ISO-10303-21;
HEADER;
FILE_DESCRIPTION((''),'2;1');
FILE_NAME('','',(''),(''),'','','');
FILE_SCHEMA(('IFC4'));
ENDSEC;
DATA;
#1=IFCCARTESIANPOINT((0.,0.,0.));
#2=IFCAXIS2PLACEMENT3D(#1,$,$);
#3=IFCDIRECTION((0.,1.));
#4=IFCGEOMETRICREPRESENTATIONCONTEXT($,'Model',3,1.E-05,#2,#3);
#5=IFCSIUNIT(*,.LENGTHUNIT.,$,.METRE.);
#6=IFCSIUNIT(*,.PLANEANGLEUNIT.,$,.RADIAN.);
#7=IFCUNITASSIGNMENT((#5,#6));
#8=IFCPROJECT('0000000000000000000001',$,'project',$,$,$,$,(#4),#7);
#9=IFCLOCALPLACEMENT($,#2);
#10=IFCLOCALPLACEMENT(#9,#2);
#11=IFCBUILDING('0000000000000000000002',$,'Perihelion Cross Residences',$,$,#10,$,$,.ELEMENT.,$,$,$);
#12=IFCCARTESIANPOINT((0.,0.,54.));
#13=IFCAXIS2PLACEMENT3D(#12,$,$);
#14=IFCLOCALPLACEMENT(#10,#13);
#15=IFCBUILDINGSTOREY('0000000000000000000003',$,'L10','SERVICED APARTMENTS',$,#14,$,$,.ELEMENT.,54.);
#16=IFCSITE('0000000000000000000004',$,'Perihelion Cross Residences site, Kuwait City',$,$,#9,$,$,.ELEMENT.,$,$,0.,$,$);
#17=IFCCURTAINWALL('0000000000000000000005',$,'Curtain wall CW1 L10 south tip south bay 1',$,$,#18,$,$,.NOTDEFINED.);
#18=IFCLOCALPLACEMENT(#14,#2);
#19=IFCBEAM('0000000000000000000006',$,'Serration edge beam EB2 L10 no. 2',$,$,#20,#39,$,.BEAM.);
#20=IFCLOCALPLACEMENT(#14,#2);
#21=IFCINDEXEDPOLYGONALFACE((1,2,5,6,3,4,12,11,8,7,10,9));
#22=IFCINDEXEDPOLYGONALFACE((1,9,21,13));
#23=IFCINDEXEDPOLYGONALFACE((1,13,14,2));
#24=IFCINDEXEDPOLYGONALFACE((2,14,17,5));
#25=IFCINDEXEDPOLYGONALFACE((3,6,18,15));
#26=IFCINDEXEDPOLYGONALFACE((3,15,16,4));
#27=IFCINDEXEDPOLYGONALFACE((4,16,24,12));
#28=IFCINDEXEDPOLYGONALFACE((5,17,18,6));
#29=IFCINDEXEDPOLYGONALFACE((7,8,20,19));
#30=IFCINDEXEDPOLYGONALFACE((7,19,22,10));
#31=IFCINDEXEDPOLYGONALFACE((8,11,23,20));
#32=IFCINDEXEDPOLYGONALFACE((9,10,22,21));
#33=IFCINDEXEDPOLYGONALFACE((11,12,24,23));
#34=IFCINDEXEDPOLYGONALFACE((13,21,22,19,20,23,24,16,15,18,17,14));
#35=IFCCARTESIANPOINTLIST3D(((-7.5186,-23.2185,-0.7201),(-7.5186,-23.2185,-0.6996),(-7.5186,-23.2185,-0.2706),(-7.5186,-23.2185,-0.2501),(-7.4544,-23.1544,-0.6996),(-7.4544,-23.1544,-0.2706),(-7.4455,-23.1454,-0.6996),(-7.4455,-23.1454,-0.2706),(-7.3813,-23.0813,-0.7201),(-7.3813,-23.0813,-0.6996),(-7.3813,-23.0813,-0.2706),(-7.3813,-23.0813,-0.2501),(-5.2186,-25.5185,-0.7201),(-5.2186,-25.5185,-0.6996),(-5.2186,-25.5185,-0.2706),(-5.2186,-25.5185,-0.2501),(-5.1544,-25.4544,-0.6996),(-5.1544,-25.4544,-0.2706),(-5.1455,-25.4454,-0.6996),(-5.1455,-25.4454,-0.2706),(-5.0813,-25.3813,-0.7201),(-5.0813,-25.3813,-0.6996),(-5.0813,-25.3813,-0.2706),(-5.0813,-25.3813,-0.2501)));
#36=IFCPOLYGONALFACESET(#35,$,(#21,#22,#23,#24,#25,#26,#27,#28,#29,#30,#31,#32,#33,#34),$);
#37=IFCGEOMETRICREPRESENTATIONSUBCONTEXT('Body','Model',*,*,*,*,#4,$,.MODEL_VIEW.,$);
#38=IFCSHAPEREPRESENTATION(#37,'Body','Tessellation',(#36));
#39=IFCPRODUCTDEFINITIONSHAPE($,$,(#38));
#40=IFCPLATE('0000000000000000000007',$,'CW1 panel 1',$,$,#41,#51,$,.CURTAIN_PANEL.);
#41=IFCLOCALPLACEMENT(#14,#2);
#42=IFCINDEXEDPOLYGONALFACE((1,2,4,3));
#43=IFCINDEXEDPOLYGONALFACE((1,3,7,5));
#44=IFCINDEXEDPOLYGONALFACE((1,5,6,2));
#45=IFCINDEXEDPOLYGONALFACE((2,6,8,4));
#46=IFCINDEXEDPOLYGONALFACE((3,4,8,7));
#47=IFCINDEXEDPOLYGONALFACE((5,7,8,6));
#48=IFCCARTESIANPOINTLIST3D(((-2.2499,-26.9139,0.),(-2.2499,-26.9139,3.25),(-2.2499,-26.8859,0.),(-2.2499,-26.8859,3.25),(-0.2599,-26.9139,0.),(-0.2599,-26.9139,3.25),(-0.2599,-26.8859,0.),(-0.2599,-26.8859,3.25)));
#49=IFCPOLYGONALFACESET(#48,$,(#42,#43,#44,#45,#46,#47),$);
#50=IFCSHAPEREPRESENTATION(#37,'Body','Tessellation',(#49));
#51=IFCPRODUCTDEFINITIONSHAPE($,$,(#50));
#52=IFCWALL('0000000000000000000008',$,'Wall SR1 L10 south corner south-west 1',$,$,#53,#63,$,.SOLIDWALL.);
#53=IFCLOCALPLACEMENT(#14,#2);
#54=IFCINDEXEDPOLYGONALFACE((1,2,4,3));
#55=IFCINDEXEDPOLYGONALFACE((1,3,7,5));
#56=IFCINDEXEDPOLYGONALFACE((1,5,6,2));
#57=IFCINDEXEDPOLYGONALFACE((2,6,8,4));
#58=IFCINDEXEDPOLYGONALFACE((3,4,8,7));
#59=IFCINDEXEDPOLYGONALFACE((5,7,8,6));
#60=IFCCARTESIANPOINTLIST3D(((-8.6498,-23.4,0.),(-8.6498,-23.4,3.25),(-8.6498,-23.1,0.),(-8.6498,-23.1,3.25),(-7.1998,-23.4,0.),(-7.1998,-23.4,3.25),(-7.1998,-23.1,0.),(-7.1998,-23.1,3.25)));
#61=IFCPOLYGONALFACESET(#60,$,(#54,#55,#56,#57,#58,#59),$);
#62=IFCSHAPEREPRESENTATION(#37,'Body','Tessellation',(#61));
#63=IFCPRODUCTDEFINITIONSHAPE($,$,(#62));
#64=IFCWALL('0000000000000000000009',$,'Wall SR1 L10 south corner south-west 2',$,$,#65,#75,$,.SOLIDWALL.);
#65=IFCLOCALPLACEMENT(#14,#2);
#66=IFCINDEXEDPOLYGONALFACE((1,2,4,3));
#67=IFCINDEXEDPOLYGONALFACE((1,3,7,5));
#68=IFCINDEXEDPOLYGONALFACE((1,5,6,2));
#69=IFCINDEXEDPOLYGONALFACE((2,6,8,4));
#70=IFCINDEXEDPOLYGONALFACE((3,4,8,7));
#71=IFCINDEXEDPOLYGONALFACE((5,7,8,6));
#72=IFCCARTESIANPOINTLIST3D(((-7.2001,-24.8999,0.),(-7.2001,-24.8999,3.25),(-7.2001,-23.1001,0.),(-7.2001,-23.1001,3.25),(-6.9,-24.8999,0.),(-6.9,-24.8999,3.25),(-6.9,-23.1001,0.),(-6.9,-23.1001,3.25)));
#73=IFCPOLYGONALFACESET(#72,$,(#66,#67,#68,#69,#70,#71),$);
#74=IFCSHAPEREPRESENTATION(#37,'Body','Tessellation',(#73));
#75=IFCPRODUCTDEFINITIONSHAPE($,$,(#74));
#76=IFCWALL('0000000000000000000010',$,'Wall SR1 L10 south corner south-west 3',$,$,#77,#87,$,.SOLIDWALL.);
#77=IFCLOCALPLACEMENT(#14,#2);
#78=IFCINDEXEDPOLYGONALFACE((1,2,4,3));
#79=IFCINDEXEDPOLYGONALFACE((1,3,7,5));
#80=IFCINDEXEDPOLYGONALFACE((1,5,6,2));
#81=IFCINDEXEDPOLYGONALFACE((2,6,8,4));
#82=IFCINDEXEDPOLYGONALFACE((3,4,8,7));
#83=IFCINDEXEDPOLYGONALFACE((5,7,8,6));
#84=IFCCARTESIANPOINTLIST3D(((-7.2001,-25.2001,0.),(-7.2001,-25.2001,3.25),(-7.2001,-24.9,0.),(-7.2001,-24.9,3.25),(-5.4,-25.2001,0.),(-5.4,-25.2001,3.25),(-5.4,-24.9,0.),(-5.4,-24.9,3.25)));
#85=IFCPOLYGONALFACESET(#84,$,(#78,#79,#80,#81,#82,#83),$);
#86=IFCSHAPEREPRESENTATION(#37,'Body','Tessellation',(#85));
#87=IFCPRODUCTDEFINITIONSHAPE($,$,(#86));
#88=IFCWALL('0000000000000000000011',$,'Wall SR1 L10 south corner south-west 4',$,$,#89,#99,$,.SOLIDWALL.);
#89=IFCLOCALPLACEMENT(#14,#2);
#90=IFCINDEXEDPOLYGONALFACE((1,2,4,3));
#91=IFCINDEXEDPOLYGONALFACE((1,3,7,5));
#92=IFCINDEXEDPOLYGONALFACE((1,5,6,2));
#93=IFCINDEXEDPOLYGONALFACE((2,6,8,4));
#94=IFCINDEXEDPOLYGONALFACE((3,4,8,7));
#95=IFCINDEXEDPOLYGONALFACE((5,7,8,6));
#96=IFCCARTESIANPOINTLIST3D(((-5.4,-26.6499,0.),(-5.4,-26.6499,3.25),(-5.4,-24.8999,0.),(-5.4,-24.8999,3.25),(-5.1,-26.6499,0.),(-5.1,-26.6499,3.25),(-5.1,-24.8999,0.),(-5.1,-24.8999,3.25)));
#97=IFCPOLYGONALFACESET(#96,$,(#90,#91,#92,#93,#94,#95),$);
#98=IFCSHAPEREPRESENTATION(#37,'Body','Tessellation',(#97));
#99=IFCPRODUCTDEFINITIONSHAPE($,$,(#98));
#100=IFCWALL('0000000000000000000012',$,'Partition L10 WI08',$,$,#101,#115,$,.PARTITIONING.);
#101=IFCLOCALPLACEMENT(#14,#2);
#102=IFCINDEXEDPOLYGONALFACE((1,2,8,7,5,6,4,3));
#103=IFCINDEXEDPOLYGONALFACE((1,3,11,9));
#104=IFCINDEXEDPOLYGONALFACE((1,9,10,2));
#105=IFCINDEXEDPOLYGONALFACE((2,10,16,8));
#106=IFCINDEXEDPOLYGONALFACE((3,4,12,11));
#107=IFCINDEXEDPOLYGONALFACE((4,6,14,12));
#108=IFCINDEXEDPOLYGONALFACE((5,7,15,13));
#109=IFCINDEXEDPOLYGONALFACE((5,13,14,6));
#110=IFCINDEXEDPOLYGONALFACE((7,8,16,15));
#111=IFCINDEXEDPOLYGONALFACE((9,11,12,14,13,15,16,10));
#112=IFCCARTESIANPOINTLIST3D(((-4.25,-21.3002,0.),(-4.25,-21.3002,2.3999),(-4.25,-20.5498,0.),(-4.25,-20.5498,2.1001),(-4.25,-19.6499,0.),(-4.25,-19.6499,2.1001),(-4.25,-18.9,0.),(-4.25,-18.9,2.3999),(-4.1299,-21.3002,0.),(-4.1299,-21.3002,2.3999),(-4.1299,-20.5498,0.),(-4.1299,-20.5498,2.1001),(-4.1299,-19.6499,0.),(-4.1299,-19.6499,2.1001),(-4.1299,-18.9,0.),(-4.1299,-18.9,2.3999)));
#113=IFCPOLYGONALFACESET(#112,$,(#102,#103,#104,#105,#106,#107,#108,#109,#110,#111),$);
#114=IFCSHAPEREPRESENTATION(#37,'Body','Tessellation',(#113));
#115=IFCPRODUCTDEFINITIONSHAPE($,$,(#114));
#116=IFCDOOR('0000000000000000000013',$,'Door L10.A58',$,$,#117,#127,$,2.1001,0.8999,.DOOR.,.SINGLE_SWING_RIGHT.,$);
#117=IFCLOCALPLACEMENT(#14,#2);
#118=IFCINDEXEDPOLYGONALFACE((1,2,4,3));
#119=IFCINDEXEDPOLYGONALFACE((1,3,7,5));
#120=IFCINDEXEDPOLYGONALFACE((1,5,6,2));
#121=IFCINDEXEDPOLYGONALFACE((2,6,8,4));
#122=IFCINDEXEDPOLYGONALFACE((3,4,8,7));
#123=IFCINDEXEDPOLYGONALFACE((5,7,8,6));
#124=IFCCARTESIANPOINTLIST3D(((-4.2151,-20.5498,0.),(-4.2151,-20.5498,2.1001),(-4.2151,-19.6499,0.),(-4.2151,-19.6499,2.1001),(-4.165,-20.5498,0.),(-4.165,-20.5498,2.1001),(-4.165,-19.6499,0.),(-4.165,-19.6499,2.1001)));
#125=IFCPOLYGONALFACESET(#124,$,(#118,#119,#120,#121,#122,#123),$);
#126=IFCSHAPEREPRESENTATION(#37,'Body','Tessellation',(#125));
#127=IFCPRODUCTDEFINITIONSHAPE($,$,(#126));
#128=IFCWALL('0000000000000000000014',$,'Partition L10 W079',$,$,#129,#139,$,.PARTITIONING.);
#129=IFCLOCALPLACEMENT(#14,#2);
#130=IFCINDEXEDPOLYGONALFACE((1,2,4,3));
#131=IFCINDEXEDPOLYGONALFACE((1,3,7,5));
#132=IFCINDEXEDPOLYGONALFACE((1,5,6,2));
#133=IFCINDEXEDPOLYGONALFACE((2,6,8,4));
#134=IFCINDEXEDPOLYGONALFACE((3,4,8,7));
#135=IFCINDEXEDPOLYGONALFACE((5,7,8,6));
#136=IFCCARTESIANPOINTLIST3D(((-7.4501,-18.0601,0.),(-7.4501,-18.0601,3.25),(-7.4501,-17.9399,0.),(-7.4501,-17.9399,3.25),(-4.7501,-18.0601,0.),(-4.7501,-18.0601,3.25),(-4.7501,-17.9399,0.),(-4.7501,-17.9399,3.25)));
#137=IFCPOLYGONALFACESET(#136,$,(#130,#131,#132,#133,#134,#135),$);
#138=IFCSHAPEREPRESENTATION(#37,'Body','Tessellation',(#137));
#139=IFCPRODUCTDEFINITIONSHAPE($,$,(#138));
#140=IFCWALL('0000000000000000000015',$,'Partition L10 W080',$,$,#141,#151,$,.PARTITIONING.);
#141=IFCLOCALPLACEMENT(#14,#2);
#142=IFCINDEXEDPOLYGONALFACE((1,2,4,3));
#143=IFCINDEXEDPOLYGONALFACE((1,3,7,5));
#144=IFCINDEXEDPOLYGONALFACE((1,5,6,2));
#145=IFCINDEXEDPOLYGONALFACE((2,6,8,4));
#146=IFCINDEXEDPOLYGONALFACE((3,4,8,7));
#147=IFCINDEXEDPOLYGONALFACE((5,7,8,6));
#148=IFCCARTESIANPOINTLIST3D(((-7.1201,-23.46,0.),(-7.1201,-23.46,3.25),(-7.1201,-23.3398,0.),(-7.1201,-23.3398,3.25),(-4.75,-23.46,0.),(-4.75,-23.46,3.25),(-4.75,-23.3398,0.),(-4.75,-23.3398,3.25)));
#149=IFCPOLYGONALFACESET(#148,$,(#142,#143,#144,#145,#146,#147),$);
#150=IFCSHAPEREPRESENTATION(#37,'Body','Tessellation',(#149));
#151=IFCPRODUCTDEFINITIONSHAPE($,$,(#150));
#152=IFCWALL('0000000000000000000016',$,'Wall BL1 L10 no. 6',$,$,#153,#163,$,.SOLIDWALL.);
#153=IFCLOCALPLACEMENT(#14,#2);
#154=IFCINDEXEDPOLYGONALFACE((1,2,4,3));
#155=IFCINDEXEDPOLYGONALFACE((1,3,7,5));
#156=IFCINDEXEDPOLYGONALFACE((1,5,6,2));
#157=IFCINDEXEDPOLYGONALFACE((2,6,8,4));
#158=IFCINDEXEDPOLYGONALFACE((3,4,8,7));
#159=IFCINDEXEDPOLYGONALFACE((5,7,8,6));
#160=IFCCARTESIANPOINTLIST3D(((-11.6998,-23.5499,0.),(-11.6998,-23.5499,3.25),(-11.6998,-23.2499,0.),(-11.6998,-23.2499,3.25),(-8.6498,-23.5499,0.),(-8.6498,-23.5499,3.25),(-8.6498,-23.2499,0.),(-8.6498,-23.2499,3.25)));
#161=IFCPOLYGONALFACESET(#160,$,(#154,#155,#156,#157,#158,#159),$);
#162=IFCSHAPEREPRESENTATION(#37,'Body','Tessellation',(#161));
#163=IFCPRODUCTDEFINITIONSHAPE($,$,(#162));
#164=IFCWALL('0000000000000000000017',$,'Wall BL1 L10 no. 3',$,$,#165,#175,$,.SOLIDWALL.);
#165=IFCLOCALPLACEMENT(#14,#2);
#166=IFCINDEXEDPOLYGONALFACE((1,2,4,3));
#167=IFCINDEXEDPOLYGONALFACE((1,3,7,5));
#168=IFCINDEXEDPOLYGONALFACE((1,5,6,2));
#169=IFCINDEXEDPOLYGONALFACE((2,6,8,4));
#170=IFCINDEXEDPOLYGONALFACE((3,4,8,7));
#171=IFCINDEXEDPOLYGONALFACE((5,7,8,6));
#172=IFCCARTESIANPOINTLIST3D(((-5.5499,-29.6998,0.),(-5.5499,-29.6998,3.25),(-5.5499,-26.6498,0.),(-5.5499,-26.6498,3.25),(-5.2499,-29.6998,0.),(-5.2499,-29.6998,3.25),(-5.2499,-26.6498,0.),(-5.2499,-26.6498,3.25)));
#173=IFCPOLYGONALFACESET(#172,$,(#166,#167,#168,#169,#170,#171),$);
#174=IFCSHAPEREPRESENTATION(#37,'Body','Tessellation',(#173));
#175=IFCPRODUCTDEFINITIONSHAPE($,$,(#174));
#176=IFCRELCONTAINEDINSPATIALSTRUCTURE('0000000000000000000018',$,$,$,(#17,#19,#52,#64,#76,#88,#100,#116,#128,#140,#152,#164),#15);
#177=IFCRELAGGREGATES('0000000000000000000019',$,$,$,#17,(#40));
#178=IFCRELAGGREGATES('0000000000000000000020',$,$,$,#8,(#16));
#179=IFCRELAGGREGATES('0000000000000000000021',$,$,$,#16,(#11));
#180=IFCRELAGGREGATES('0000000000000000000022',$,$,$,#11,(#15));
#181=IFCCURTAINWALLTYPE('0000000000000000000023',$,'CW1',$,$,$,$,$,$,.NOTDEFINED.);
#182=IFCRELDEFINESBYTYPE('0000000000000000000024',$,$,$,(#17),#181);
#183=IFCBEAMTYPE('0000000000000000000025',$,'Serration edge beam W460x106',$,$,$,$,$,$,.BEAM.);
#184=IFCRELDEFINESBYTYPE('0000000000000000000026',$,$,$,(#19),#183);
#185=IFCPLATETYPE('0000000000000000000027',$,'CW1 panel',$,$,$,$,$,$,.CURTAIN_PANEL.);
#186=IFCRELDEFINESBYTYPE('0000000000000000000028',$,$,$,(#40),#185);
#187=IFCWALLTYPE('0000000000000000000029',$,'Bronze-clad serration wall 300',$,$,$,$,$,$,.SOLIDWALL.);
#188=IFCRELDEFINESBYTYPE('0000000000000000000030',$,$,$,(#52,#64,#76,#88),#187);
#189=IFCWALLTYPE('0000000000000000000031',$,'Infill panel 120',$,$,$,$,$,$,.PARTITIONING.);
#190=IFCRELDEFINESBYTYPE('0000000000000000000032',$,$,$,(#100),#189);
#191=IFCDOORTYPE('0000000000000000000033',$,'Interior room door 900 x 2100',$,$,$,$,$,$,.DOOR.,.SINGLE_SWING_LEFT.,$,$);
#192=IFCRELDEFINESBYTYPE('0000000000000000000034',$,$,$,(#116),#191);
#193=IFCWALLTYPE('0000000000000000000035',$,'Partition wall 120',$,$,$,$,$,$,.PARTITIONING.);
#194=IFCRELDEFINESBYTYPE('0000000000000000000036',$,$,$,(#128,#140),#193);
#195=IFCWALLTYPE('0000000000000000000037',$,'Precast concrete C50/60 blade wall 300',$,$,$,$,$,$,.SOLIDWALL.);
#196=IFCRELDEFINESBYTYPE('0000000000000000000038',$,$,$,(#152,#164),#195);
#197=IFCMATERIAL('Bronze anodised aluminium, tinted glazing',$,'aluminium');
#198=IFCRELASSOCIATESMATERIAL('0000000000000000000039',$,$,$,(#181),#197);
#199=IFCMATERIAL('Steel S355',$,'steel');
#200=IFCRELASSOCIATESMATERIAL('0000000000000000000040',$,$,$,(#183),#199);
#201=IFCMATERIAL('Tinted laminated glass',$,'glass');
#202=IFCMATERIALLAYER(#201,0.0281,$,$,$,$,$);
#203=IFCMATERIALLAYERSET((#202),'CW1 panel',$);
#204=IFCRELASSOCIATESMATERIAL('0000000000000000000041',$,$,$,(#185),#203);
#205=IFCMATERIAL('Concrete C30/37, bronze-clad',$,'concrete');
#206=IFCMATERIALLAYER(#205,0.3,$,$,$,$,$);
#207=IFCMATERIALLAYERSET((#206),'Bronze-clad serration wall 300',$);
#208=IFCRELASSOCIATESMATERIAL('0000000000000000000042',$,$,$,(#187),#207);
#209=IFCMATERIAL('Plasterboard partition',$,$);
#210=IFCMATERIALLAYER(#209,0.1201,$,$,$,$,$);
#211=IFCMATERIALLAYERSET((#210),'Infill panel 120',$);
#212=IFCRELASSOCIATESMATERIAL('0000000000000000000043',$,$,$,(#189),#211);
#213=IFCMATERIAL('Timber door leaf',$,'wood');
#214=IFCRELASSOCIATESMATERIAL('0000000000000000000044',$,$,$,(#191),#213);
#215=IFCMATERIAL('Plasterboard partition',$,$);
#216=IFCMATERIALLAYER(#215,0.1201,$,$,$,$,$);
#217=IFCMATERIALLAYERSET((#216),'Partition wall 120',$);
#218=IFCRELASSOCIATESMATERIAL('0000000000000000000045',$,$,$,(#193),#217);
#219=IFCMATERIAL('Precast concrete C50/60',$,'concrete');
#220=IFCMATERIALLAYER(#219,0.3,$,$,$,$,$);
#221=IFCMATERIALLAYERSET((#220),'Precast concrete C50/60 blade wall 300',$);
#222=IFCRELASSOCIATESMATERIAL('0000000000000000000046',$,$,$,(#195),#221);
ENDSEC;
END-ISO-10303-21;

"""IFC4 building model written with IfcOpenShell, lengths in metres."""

from ifc_helpers import new_model, si_unit, direction, frame, frame_2d, origin, origin_2d, place, context, subcontext, project, spatial, rectangle, i_section, extrude, material, layer, layer_set, material_profile, profile_set, type_object, element, fill, aggregate, save


model = new_model("IFC4")

# Units and contexts
model_context = context("Model", 3, precision=1e-05, world=origin(), true_north=direction((0.0, 1.0)))
body_context = subcontext(model_context, "Body", "Model", "MODEL_VIEW")
ifc_project = project(units=[si_unit("LENGTHUNIT", "METRE"), si_unit("PLANEANGLEUNIT", "RADIAN")], contexts=[model_context])

# Site, building, storey
site_placement = place(None, origin())
site = spatial("IfcSite", under=ifc_project, at=site_placement, Name="Perihelion Cross Residences site, Kuwait City", CompositionType="ELEMENT", RefElevation=0.0)
building_placement = place(site_placement, origin())
building = spatial("IfcBuilding", under=site, at=building_placement, Name="Perihelion Cross Residences", CompositionType="ELEMENT")
storey_placement = place(building_placement, frame((0.0, 0.0, 54.0)))
storey = spatial("IfcBuildingStorey", under=building, at=storey_placement, Name="L10", Description="SERVICED APARTMENTS", CompositionType="ELEMENT", Elevation=54.0)

# Curtain wall
ifc_material_1 = material(Name="Bronze anodised aluminium, tinted glazing", Category="aluminium")
curtain_wall_type = type_object("IfcCurtainWallType", Name="CW1", PredefinedType="NOTDEFINED", material=ifc_material_1)
curtain_wall_placement = place(storey_placement, origin())
curtain_wall = element("IfcCurtainWall", 1, at=curtain_wall_placement, inside=storey, type_object=curtain_wall_type, Name="Curtain wall CW1 L10 south tip south bay 1", PredefinedType="NOTDEFINED")

# Beam
ifc_material_2 = material(Name="Steel S355", Category="steel")
ifc_material_profile_1 = material_profile(ifc_material_2, i_section(OverallWidth=0.1941, OverallDepth=0.47, WebThickness=0.0127, FlangeThickness=0.0205, at=origin_2d()), Name="W460x106")
ifc_profile_set_1 = profile_set([ifc_material_profile_1], Name="Steel S355")
beam_type_1 = type_object("IfcBeamType", Name="Serration edge beam W460x106", PredefinedType="BEAM", material=ifc_profile_set_1)
beam_1_placement = place(storey_placement, frame((-7.45, -23.1499, -0.4851), z_axis=(0.707107, -0.707107, 0.0), x_axis=(0.707107, 0.707107, 0.0)))
element("IfcBeam", 2, at=beam_1_placement, inside=storey, type_object=beam_type_1, Name="Serration edge beam EB2 L10 no. 2", PredefinedType="BEAM", context=body_context, shape_type="SweptSolid", body=[
    extrude(i_section(OverallWidth=0.1941, OverallDepth=0.47, WebThickness=0.0127, FlangeThickness=0.0205, at=origin_2d()), origin(), (0.0, 0.0, 1.0), 3.2527),
])

# Plate
ifc_material_3 = material(Name="Tinted laminated glass", Category="glass")
ifc_layer_1 = layer(ifc_material_3, 0.0281)
ifc_layer_set_1 = layer_set([ifc_layer_1], Name="CW1 panel")
plate_type = type_object("IfcPlateType", Name="CW1 panel", PredefinedType="CURTAIN_PANEL", material=ifc_layer_set_1)
plate_placement = place(storey_placement, frame((-1.2549, -26.8999, 0.0), z_axis=(0.0, 0.0, 1.0), x_axis=(1.0, 0.0, 0.0)))
plate = element("IfcPlate", 3, at=plate_placement, type_object=plate_type, Name="CW1 panel 1", PredefinedType="CURTAIN_PANEL", context=body_context, shape_type="SweptSolid", body=[
    extrude(rectangle(XDim=1.99, YDim=0.0281, at=origin_2d()), origin(), (0.0, 0.0, 1.0), 3.25),
])
aggregate(curtain_wall, [plate])

# Walls
ifc_material_4 = material(Name="Concrete C30/37, bronze-clad", Category="concrete")
ifc_layer_2 = layer(ifc_material_4, 0.3)
ifc_layer_set_2 = layer_set([ifc_layer_2], Name="Bronze-clad serration wall 300")
wall_type_1 = type_object("IfcWallType", Name="Bronze-clad serration wall 300", PredefinedType="SOLIDWALL", material=ifc_layer_set_2)
wall_1_placement = place(storey_placement, frame((-8.6499, -23.25, 0.0), z_axis=(0.0, 0.0, 1.0), x_axis=(1.0, 0.0, 0.0)))
element("IfcWall", 4, at=wall_1_placement, inside=storey, type_object=wall_type_1, Name="Wall SR1 L10 south corner south-west 1", PredefinedType="SOLIDWALL", context=body_context, shape_type="SweptSolid", body=[
    extrude(rectangle(XDim=1.45, YDim=0.3, at=frame_2d((0.7251, 0.0))), origin(), (0.0, 0.0, 1.0), 3.25),
])
wall_2_placement = place(storey_placement, frame((-7.05, -23.1001, 0.0), z_axis=(0.0, 0.0, 1.0), x_axis=(0.0, -1.0, 0.0)))
element("IfcWall", 5, at=wall_2_placement, inside=storey, type_object=wall_type_1, Name="Wall SR1 L10 south corner south-west 2", PredefinedType="SOLIDWALL", context=body_context, shape_type="SweptSolid", body=[
    extrude(rectangle(XDim=1.7998, YDim=0.3, at=frame_2d((0.8999, 0.0))), origin(), (0.0, 0.0, 1.0), 3.25),
])
wall_3_placement = place(storey_placement, frame((-7.2, -25.05, 0.0), z_axis=(0.0, 0.0, 1.0), x_axis=(1.0, 0.0, 0.0)))
element("IfcWall", 6, at=wall_3_placement, inside=storey, type_object=wall_type_1, Name="Wall SR1 L10 south corner south-west 3", PredefinedType="SOLIDWALL", context=body_context, shape_type="SweptSolid", body=[
    extrude(rectangle(XDim=1.8, YDim=0.3, at=frame_2d((0.8999, 0.0))), origin(), (0.0, 0.0, 1.0), 3.25),
])
wall_4_placement = place(storey_placement, frame((-5.25, -24.8999, 0.0), z_axis=(0.0, 0.0, 1.0), x_axis=(0.0, -1.0, 0.0)))
element("IfcWall", 7, at=wall_4_placement, inside=storey, type_object=wall_type_1, Name="Wall SR1 L10 south corner south-west 4", PredefinedType="SOLIDWALL", context=body_context, shape_type="SweptSolid", body=[
    extrude(rectangle(XDim=1.75, YDim=0.3, at=frame_2d((0.875, 0.0))), origin(), (0.0, 0.0, 1.0), 3.25),
])

# Wall, opening, door
ifc_material_5 = material(Name="Plasterboard partition")
ifc_layer_3 = layer(ifc_material_5, 0.1201)
ifc_layer_set_3 = layer_set([ifc_layer_3], Name="Infill panel 120")
wall_type_2 = type_object("IfcWallType", Name="Infill panel 120", PredefinedType="PARTITIONING", material=ifc_layer_set_3)
wall_5_placement = place(storey_placement, frame((-4.1899, -18.8999, 0.0), z_axis=(0.0, 0.0, 1.0), x_axis=(0.0, -1.0, 0.0)))
wall_5 = element("IfcWall", 8, at=wall_5_placement, inside=storey, type_object=wall_type_2, Name="Partition L10 WI08", PredefinedType="PARTITIONING", context=body_context, shape_type="SweptSolid", body=[
    extrude(rectangle(XDim=2.4001, YDim=0.1201, at=frame_2d((1.2002, 0.0))), origin(), (0.0, 0.0, 1.0), 2.3999),
])
opening_1_placement = place(wall_5_placement, frame((0.75, 0.0, 0.0)))
opening_1 = element("IfcOpeningElement", 9, at=opening_1_placement, cuts=wall_5, PredefinedType="OPENING", context=body_context, shape_type="SweptSolid", body=[
    extrude(rectangle(XDim=0.8999, YDim=2.1001, at=frame_2d((0.45, 1.05))), frame((0.0, 0.0701, 0.0), z_axis=(0.0, -1.0, 0.0), x_axis=(1.0, 0.0, 0.0)), (0.0, 0.0, 1.0), 0.1401),
])
ifc_material_6 = material(Name="Timber door leaf", Category="wood")
door_type_1 = type_object("IfcDoorType", Name="Interior room door 900 x 2100", OperationType="SINGLE_SWING_LEFT", PredefinedType="DOOR", material=ifc_material_6)
door_1_placement = place(opening_1_placement, origin())
door_1 = element("IfcDoor", 10, at=door_1_placement, inside=storey, type_object=door_type_1, Name="Door L10.A58", OperationType="SINGLE_SWING_RIGHT", OverallHeight=2.1001, OverallWidth=0.8999, PredefinedType="DOOR", context=body_context, shape_type="SweptSolid", body=[
    extrude(rectangle(XDim=0.8999, YDim=2.1001, at=frame_2d((0.45, 1.05))), frame((0.0, 0.0249, 0.0), z_axis=(0.0, -1.0, 0.0), x_axis=(1.0, 0.0, 0.0)), (0.0, 0.0, 1.0), 0.05),
])
fill(opening_1, door_1)

# Walls
ifc_material_7 = material(Name="Plasterboard partition")
ifc_layer_4 = layer(ifc_material_7, 0.1201)
ifc_layer_set_4 = layer_set([ifc_layer_4], Name="Partition wall 120")
wall_type_3 = type_object("IfcWallType", Name="Partition wall 120", PredefinedType="PARTITIONING", material=ifc_layer_set_4)
wall_6_placement = place(storey_placement, frame((-4.75, -18.0, 0.0), z_axis=(0.0, 0.0, 1.0), x_axis=(-1.0, 0.0, 0.0)))
element("IfcWall", 11, at=wall_6_placement, inside=storey, type_object=wall_type_3, Name="Partition L10 W079", PredefinedType="PARTITIONING", context=body_context, shape_type="SweptSolid", body=[
    extrude(rectangle(XDim=2.7, YDim=0.1201, at=frame_2d((1.3501, 0.0))), origin(), (0.0, 0.0, 1.0), 3.25),
])
wall_7_placement = place(storey_placement, frame((-4.75, -23.3999, 0.0), z_axis=(0.0, 0.0, 1.0), x_axis=(-1.0, 0.0, 0.0)))
element("IfcWall", 12, at=wall_7_placement, inside=storey, type_object=wall_type_3, Name="Partition L10 W080", PredefinedType="PARTITIONING", context=body_context, shape_type="SweptSolid", body=[
    extrude(rectangle(XDim=2.3701, YDim=0.1201, at=frame_2d((1.1851, 0.0))), origin(), (0.0, 0.0, 1.0), 3.25),
])
ifc_material_8 = material(Name="Precast concrete C50/60", Category="concrete")
ifc_layer_5 = layer(ifc_material_8, 0.3)
ifc_layer_set_5 = layer_set([ifc_layer_5], Name="Precast concrete C50/60 blade wall 300")
wall_type_4 = type_object("IfcWallType", Name="Precast concrete C50/60 blade wall 300", PredefinedType="SOLIDWALL", material=ifc_layer_set_5)
for number, where, z_axis, x_axis, name in (
    (13, (-8.6499, -23.3999, 0.0), (0.0, 0.0, 1.0), (-1.0, 0.0, 0.0), "Wall BL1 L10 no. 6"),
    (14, (-5.3999, -26.6499, 0.0), (0.0, 0.0, 1.0), (0.0, -1.0, 0.0), "Wall BL1 L10 no. 3"),
):
    element("IfcWall", number, at=place(storey_placement, frame(where, z_axis=z_axis, x_axis=x_axis)), inside=storey, type_object=wall_type_4, Name=name, PredefinedType="SOLIDWALL", context=body_context, shape_type="SweptSolid", body=[
        extrude(rectangle(XDim=3.05, YDim=0.3, at=frame_2d((1.5249, 0.0))), origin(), (0.0, 0.0, 1.0), 3.25),
    ])

save(model, "model.ifc")
